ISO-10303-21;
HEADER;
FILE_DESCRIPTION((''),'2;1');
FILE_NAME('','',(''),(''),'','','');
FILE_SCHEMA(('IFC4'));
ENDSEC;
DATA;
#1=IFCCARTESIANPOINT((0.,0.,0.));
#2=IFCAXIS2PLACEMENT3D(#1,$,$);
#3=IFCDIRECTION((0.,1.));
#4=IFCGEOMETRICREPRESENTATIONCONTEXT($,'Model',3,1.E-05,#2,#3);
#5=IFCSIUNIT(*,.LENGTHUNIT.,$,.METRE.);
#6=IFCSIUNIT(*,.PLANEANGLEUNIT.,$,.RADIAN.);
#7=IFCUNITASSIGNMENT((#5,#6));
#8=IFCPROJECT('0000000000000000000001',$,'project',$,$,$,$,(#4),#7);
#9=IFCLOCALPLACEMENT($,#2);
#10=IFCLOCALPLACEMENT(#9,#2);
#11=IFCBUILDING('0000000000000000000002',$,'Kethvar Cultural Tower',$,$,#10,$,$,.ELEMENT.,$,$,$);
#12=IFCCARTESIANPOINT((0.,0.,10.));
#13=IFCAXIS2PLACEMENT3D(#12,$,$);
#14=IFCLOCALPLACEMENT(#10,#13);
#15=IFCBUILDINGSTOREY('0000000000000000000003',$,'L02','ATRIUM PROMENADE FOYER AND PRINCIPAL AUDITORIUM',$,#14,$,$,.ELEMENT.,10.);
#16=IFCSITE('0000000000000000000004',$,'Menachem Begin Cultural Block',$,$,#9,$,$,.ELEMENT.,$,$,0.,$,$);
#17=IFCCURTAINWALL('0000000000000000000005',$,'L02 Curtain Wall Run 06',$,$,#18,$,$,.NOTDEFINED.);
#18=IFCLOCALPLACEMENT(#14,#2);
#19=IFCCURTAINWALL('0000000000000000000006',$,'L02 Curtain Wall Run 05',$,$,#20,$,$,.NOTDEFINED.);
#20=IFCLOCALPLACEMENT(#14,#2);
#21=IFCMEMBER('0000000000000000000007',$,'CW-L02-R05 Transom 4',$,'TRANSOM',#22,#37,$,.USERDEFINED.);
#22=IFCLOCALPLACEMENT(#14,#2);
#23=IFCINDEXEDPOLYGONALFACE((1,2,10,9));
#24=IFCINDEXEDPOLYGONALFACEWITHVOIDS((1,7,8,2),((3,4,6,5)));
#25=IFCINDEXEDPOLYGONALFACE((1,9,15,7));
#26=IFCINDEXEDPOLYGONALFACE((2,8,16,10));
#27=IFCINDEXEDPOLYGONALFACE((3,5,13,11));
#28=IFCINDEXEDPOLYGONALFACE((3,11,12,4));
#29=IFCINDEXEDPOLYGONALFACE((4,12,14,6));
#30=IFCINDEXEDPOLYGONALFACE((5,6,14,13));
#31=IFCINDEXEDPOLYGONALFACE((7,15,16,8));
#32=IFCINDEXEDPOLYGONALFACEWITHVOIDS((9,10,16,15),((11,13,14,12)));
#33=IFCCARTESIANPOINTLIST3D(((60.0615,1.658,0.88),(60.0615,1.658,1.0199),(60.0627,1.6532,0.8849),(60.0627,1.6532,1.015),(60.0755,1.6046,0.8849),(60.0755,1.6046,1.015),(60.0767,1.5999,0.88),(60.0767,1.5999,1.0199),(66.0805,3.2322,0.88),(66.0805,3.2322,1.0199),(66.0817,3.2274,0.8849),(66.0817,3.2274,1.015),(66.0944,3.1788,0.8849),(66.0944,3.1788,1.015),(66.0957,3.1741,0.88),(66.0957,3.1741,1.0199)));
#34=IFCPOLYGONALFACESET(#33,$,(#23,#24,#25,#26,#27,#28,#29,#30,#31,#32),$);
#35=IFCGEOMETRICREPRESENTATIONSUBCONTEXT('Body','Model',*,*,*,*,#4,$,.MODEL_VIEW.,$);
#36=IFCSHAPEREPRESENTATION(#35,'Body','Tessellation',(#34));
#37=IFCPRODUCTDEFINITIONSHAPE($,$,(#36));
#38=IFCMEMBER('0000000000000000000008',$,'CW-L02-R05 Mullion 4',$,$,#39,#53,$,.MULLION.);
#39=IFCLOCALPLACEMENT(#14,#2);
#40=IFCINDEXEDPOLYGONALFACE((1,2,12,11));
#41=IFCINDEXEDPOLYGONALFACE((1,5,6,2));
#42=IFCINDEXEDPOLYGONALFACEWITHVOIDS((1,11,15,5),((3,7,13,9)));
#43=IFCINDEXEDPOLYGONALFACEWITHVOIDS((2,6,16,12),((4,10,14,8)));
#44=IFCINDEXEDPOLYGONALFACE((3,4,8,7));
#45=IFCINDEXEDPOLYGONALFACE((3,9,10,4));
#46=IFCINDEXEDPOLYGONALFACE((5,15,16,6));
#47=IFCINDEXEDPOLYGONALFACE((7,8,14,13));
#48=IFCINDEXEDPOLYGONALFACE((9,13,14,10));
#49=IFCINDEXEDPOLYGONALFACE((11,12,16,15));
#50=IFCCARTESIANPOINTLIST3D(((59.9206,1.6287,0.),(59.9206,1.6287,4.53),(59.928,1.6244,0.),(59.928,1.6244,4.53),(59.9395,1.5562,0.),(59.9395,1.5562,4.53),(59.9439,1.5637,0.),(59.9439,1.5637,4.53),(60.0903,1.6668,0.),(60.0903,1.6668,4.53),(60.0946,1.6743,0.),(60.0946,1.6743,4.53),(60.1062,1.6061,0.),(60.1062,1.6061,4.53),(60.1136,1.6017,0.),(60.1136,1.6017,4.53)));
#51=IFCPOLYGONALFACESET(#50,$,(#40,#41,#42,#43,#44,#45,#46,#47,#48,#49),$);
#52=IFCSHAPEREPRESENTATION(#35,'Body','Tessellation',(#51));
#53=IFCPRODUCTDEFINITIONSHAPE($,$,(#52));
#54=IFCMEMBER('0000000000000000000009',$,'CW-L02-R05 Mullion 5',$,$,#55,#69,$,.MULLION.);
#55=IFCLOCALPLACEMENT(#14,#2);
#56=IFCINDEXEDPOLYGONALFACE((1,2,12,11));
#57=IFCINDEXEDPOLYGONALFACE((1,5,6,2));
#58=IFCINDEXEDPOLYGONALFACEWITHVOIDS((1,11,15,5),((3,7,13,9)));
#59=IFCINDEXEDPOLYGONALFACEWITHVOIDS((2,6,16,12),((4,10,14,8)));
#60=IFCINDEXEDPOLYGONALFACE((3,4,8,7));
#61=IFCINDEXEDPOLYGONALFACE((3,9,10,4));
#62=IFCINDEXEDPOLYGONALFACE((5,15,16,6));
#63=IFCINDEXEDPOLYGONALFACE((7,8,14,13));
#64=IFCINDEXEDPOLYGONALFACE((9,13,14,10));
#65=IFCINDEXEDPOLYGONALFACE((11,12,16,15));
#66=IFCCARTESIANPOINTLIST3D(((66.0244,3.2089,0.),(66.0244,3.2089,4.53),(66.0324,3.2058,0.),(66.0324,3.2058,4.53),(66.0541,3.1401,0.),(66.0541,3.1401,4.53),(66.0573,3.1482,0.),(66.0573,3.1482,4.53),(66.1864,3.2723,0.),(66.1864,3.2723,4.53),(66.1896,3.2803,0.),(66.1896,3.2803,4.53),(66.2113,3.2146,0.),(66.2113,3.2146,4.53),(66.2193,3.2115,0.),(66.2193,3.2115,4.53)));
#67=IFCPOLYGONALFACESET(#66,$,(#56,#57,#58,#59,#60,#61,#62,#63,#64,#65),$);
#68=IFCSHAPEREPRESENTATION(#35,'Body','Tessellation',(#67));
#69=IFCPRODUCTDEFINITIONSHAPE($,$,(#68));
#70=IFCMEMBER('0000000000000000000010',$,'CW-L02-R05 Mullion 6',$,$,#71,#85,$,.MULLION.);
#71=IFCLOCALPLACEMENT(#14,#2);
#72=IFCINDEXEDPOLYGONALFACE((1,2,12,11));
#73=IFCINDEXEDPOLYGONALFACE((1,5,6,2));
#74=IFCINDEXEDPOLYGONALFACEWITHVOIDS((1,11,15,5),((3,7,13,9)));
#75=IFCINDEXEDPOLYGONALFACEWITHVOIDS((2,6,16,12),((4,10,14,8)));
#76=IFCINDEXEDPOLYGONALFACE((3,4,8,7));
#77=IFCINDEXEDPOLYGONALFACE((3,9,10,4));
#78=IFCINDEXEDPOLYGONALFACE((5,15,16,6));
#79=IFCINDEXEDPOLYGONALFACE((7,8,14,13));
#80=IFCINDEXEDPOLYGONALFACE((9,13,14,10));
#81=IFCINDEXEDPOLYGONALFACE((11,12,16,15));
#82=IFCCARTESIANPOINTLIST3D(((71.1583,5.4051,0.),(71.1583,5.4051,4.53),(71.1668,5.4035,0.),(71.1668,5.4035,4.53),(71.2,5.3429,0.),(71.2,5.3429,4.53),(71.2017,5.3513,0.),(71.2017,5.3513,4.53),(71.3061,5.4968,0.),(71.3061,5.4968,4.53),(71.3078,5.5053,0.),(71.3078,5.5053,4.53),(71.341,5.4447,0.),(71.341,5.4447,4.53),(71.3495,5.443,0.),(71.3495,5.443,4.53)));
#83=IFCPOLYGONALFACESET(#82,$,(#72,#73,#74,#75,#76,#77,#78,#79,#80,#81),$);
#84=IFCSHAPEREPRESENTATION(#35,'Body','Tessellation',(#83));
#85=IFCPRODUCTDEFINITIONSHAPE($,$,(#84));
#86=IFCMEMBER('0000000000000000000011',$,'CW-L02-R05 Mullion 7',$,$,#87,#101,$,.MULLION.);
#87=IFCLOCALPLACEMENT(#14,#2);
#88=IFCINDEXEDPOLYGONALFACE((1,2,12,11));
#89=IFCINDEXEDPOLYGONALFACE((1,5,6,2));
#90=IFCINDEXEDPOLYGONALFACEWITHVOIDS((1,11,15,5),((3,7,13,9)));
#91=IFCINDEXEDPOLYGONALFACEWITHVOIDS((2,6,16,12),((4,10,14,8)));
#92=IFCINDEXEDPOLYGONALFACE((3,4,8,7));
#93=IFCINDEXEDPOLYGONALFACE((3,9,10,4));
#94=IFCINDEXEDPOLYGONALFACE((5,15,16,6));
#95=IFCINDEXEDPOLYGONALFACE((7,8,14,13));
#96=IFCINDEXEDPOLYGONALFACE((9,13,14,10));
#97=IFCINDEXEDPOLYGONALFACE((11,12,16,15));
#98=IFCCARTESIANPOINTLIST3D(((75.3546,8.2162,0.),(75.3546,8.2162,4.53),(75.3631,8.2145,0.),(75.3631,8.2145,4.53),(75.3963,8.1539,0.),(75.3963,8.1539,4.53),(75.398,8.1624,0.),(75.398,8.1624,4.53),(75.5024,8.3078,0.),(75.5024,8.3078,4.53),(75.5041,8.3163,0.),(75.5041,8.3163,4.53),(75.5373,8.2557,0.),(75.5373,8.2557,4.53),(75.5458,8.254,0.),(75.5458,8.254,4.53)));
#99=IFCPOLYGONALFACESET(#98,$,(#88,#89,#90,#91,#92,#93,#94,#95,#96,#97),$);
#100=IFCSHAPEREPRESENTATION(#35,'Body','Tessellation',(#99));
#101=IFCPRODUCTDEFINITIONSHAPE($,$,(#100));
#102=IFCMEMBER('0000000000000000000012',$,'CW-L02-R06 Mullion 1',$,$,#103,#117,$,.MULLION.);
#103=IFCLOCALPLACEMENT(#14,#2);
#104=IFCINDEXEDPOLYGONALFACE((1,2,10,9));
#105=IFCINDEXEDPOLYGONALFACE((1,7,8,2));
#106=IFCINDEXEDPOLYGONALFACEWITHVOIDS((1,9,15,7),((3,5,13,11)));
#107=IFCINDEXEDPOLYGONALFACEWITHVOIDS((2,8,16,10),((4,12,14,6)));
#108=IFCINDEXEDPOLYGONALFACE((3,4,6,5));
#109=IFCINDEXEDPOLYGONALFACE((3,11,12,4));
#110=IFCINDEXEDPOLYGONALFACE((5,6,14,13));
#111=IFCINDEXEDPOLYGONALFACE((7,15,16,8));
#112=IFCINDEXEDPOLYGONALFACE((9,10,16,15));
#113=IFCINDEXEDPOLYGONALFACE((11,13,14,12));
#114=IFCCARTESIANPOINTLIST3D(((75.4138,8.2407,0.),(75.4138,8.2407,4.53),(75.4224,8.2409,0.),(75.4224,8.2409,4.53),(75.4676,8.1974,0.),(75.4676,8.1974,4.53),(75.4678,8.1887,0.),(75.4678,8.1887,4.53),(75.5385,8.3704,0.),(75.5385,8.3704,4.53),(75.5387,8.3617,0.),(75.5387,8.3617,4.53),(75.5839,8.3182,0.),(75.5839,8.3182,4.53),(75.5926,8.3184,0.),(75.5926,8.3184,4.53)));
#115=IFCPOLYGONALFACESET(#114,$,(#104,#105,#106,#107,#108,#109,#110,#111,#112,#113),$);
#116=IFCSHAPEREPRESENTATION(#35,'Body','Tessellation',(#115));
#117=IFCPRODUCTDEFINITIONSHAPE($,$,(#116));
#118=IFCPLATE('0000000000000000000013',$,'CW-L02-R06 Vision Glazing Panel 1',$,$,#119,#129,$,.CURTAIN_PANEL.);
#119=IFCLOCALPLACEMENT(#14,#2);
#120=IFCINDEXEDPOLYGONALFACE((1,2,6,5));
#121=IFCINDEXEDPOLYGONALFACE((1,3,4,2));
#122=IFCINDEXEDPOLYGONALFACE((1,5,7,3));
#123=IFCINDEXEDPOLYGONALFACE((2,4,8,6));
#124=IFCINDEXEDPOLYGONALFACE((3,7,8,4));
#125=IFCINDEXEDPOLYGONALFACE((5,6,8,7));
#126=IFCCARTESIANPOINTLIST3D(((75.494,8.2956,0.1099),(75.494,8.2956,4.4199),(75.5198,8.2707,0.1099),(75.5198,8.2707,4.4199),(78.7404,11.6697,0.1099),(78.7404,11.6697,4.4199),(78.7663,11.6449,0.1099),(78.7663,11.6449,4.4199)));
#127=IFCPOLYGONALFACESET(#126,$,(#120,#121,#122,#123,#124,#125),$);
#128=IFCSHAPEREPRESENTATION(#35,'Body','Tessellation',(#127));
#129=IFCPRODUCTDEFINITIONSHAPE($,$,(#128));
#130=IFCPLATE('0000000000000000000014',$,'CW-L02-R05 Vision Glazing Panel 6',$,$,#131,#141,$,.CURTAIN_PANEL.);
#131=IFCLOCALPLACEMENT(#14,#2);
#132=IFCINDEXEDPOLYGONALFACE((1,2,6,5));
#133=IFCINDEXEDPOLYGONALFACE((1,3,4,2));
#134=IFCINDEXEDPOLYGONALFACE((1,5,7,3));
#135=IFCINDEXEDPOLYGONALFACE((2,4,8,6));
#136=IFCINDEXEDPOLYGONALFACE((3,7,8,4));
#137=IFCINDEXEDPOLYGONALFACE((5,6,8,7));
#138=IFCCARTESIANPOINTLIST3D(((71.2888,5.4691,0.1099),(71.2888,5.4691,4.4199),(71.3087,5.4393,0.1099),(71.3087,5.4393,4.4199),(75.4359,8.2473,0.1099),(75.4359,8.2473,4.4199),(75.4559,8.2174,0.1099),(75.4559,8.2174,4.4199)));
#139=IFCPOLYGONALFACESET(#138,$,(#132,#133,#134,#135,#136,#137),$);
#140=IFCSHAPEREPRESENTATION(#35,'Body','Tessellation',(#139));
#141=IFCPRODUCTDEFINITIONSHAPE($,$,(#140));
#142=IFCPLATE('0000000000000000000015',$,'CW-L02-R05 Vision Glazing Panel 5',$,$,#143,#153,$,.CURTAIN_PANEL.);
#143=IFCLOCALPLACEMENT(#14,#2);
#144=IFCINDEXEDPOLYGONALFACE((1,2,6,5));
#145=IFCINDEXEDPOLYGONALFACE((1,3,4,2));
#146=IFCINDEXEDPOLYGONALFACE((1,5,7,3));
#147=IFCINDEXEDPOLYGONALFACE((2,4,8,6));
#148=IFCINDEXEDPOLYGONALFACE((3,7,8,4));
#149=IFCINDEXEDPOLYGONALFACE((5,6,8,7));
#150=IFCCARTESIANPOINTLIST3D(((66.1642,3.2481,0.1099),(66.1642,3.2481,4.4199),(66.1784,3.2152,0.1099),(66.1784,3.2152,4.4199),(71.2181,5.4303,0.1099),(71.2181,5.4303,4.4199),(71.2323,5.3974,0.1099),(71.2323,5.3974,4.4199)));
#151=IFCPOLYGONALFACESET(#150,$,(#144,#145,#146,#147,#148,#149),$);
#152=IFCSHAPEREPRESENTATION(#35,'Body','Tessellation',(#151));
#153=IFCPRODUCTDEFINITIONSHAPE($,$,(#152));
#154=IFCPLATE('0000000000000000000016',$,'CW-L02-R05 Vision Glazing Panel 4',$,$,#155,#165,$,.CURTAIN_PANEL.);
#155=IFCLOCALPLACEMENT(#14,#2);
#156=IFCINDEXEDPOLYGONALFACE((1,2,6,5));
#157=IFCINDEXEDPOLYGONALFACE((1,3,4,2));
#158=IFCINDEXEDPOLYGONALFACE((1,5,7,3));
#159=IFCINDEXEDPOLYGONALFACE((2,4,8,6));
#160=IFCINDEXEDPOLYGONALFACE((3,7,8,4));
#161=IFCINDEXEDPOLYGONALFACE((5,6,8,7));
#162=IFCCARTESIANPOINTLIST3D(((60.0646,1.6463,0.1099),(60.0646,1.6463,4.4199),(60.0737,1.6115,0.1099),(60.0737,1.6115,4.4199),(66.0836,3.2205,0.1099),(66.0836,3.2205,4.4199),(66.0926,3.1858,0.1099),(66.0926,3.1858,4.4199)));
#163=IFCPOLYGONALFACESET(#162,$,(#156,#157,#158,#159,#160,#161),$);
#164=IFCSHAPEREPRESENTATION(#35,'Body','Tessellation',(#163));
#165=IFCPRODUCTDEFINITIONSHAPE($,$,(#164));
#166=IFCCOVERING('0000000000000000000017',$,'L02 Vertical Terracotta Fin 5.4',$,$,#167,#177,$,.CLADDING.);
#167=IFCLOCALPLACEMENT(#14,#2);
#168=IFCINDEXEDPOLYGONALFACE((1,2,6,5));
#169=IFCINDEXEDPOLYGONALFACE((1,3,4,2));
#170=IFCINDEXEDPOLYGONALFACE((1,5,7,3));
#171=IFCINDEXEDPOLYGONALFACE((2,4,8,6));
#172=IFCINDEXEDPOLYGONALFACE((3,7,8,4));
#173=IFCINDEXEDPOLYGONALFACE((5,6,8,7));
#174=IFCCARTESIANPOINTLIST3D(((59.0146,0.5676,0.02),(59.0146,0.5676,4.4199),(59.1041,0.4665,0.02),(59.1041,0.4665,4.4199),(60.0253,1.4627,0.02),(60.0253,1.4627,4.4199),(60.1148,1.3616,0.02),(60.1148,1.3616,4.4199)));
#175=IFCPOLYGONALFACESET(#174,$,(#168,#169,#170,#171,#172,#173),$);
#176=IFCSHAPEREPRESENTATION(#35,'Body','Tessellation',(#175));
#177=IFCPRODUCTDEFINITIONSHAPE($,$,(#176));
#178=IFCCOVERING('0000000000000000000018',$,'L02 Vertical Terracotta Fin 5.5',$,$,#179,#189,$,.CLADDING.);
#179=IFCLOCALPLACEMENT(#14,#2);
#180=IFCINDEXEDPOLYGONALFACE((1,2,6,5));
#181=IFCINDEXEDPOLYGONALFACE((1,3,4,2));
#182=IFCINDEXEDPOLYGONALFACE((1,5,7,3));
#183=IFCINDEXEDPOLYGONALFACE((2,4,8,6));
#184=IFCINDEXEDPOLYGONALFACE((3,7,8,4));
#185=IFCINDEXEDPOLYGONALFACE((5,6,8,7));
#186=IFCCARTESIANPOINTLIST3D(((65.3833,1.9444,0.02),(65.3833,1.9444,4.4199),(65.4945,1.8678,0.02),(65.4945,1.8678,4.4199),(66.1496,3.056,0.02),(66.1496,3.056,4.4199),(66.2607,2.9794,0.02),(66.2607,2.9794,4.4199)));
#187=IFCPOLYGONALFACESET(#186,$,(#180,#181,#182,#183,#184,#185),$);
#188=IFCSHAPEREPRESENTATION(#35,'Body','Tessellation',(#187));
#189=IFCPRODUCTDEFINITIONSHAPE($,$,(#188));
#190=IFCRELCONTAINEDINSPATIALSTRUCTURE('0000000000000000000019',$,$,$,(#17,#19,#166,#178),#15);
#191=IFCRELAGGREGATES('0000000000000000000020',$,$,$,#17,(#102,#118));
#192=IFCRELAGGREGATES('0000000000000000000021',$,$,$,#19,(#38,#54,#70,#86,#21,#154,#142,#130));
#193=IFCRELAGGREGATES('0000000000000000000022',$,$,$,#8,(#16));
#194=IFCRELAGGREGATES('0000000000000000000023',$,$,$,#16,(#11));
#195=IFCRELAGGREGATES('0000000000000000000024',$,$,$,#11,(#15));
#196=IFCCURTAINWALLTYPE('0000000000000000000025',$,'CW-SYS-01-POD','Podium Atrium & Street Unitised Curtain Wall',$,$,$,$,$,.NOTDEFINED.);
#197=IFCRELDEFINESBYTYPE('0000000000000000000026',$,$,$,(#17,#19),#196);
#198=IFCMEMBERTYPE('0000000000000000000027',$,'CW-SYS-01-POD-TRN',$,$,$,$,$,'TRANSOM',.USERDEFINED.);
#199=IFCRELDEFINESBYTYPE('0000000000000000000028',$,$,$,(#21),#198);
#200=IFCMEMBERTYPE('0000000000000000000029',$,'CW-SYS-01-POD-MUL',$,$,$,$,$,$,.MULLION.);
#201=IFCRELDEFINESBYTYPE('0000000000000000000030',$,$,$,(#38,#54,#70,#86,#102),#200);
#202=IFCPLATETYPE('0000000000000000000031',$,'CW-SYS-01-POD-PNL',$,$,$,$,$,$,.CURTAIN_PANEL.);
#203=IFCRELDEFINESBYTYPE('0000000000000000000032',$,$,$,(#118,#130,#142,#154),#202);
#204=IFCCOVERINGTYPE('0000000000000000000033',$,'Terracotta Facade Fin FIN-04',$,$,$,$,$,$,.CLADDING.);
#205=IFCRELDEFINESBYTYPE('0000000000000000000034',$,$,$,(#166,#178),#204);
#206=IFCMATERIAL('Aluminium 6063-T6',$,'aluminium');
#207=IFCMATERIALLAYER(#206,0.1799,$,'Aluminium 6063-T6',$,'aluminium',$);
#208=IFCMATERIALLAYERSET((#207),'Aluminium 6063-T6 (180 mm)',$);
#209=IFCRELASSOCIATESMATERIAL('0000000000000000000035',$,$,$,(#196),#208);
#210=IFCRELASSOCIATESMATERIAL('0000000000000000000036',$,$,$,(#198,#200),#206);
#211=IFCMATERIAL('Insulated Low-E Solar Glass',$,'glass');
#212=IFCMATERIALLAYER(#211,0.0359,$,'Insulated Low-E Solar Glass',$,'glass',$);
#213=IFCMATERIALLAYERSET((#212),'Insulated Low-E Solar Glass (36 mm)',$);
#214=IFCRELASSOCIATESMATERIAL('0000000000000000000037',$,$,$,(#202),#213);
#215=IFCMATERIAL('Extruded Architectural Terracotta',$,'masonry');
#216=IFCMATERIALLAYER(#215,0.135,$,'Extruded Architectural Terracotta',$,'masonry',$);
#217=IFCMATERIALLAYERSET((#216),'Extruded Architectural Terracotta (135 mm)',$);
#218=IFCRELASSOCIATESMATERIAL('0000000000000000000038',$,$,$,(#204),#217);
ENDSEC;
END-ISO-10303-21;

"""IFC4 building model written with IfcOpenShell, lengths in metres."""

from ifc_helpers import new_model, si_unit, direction, frame, origin, origin_2d, place, context, subcontext, project, spatial, rectangle, hollow_rectangle, extrude, source, transform, mapped, material, layer, layer_set, material_profile, profile_set, type_object, element, aggregate, save


model = new_model("IFC4")

# Units and contexts
model_context = context("Model", 3, precision=1e-05, world=origin(), true_north=direction((0.0, 1.0)))
body_context = subcontext(model_context, "Body", "Model", "MODEL_VIEW")
ifc_project = project(units=[si_unit("LENGTHUNIT", "METRE"), si_unit("PLANEANGLEUNIT", "RADIAN")], contexts=[model_context])

# Site, building, storey
site_placement = place(None, origin())
site = spatial("IfcSite", under=ifc_project, at=site_placement, Name="Menachem Begin Cultural Block", CompositionType="ELEMENT", RefElevation=0.0)
building_placement = place(site_placement, origin())
building = spatial("IfcBuilding", under=site, at=building_placement, Name="Kethvar Cultural Tower", CompositionType="ELEMENT")
storey_placement = place(building_placement, frame((0.0, 0.0, 10.0)))
storey = spatial("IfcBuildingStorey", under=building, at=storey_placement, Name="L02", Description="ATRIUM PROMENADE FOYER AND PRINCIPAL AUDITORIUM", CompositionType="ELEMENT", Elevation=10.0)

# Curtain wall
ifc_material_1 = material(Name="Aluminium 6063-T6", Category="aluminium")
ifc_layer_1 = layer(ifc_material_1, 0.1799, Name="Aluminium 6063-T6", Category="aluminium")
ifc_layer_set_1 = layer_set([ifc_layer_1], Name="Aluminium 6063-T6 (180 mm)")
curtain_wall_type = type_object("IfcCurtainWallType", Name="CW-SYS-01-POD", Description="Podium Atrium & Street Unitised Curtain Wall", PredefinedType="NOTDEFINED", material=ifc_layer_set_1)
curtain_wall_1_placement = place(storey_placement, origin())
curtain_wall_1 = element("IfcCurtainWall", 1, at=curtain_wall_1_placement, inside=storey, type_object=curtain_wall_type, Name="L02 Curtain Wall Run 06", PredefinedType="NOTDEFINED")
ifc_material_profile_1 = material_profile(ifc_material_1, hollow_rectangle(XDim=0.0601, YDim=0.1399, WallThickness=0.0049, at=origin_2d()), Name="Aluminium 6063-T6 — RHS140x60x5")
ifc_profile_set_1 = profile_set([ifc_material_profile_1], Name="Aluminium 6063-T6 — RHS140x60x5")
member_type_1 = type_object("IfcMemberType", Name="CW-SYS-01-POD-TRN", ElementType="TRANSOM", PredefinedType="USERDEFINED", material=ifc_profile_set_1)

# Curtain wall, members
curtain_wall_2_placement = place(storey_placement, origin())
curtain_wall_2 = element("IfcCurtainWall", 2, at=curtain_wall_2_placement, inside=storey, type_object=curtain_wall_type, Name="L02 Curtain Wall Run 05", PredefinedType="NOTDEFINED")
shared_shape_1 = source(origin(), body_context, "Body", "SweptSolid", [
    extrude(hollow_rectangle(XDim=0.0601, YDim=0.1399, WallThickness=0.0049, at=origin_2d()), origin(), (0.0, 0.0, 1.0), 6.2214),
])
member_1_placement = place(storey_placement, frame((60.0691, 1.6289, 0.95), z_axis=(0.967459, 0.253029, 0.0), x_axis=(-0.253029, 0.967459, 0.0)))
member_1 = element("IfcMember", 3, at=member_1_placement, type_object=member_type_1, Name="CW-L02-R05 Transom 4", ObjectType="TRANSOM", PredefinedType="USERDEFINED", context=body_context, shape_type="MappedRepresentation", body=[
    mapped(shared_shape_1, transform((0.0, 0.0, 0.0), scale=1.0)),
])
ifc_material_profile_2 = material_profile(ifc_material_1, hollow_rectangle(XDim=0.075, YDim=0.1799, WallThickness=0.0061, at=origin_2d()), Name="Aluminium 6063-T6 — RHS180x75x6")
ifc_profile_set_2 = profile_set([ifc_material_profile_2], Name="Aluminium 6063-T6 — RHS180x75x6")
member_type_2 = type_object("IfcMemberType", Name="CW-SYS-01-POD-MUL", PredefinedType="MULLION", material=ifc_profile_set_2)
shared_shape_2 = source(origin(), body_context, "Body", "SweptSolid", [
    extrude(hollow_rectangle(XDim=0.075, YDim=0.1799, WallThickness=0.0061, at=origin_2d()), origin(), (0.0, 0.0, 1.0), 4.53),
])
member_2_placement = place(storey_placement, frame((60.0171, 1.6152, 0.0), z_axis=(0.0, 0.0, 1.0), x_axis=(-0.253032, 0.967458, 0.0)))
member_2 = element("IfcMember", 4, at=member_2_placement, type_object=member_type_2, Name="CW-L02-R05 Mullion 4", PredefinedType="MULLION", context=body_context, shape_type="MappedRepresentation", body=[
    mapped(shared_shape_2, transform((0.0, 0.0, 0.0), scale=1.0)),
])
member_3_placement = place(storey_placement, frame((66.1218, 3.2102, 0.0), z_axis=(0.0, 0.0, 1.0), x_axis=(-0.396411, 0.918073, 0.0)))
member_3 = element("IfcMember", 5, at=member_3_placement, type_object=member_type_2, Name="CW-L02-R05 Mullion 5", PredefinedType="MULLION", context=body_context, shape_type="MappedRepresentation", body=[
    mapped(shared_shape_2, transform((0.0, 0.0, 0.0), scale=1.0)),
])
member_4_placement = place(storey_placement, frame((71.2539, 5.4241, 0.0), z_axis=(0.0, 0.0, 1.0), x_axis=(-0.556557, 0.83081, 0.0)))
member_4 = element("IfcMember", 6, at=member_4_placement, type_object=member_type_2, Name="CW-L02-R05 Mullion 6", PredefinedType="MULLION", context=body_context, shape_type="MappedRepresentation", body=[
    mapped(shared_shape_2, transform((0.0, 0.0, 0.0), scale=1.0)),
])
member_5_placement = place(storey_placement, frame((75.4502, 8.2351, 0.0), z_axis=(0.0, 0.0, 1.0), x_axis=(-0.556557, 0.83081, 0.0)))
member_5 = element("IfcMember", 7, at=member_5_placement, type_object=member_type_2, Name="CW-L02-R05 Mullion 7", PredefinedType="MULLION", context=body_context, shape_type="MappedRepresentation", body=[
    mapped(shared_shape_2, transform((0.0, 0.0, 0.0), scale=1.0)),
])

# Member
member_6_placement = place(storey_placement, frame((75.5032, 8.2795, 0.0), z_axis=(0.0, 0.0, 1.0), x_axis=(-0.720612, 0.693339, 0.0)))
member_6 = element("IfcMember", 8, at=member_6_placement, type_object=member_type_2, Name="CW-L02-R06 Mullion 1", PredefinedType="MULLION", context=body_context, shape_type="MappedRepresentation", body=[
    mapped(shared_shape_2, transform((0.0, 0.0, 0.0), scale=1.0)),
])

# Plates
ifc_material_2 = material(Name="Insulated Low-E Solar Glass", Category="glass")
ifc_layer_2 = layer(ifc_material_2, 0.0359, Name="Insulated Low-E Solar Glass", Category="glass")
ifc_layer_set_2 = layer_set([ifc_layer_2], Name="Insulated Low-E Solar Glass (36 mm)")
plate_type = type_object("IfcPlateType", Name="CW-SYS-01-POD-PNL", PredefinedType="CURTAIN_PANEL", material=ifc_layer_set_2)
shared_shape_3 = source(origin(), body_context, "Body", "SweptSolid", [
    extrude(rectangle(XDim=4.6824, YDim=0.0359, at=origin_2d()), origin(), (0.0, 0.0, 1.0), 4.3101),
])
plate_1_placement = place(storey_placement, frame((77.1301, 9.9702, 0.1099), z_axis=(0.0, 0.0, 1.0), x_axis=(0.693339, 0.720612, 0.0)))
plate_1 = element("IfcPlate", 9, at=plate_1_placement, type_object=plate_type, Name="CW-L02-R06 Vision Glazing Panel 1", PredefinedType="CURTAIN_PANEL", context=body_context, shape_type="MappedRepresentation", body=[
    mapped(shared_shape_3, transform((0.0, 0.0, 0.0), scale=1.0)),
])
aggregate(curtain_wall_1, [member_6, plate_1])
shared_shape_4 = source(origin(), body_context, "Body", "SweptSolid", [
    extrude(rectangle(XDim=4.9917, YDim=0.0359, at=origin_2d()), origin(), (0.0, 0.0, 1.0), 4.3101),
])
plate_2_placement = place(storey_placement, frame((73.3723, 6.8433, 0.1099), z_axis=(0.0, 0.0, 1.0), x_axis=(0.83081, 0.556557, 0.0)))
plate_2 = element("IfcPlate", 10, at=plate_2_placement, type_object=plate_type, Name="CW-L02-R05 Vision Glazing Panel 6", PredefinedType="CURTAIN_PANEL", context=body_context, shape_type="MappedRepresentation", body=[
    mapped(shared_shape_4, transform((0.0, 0.0, 0.0), scale=1.0)),
])
shared_shape_5 = source(origin(), body_context, "Body", "SweptSolid", [
    extrude(rectangle(XDim=5.5049, YDim=0.0359, at=origin_2d()), origin(), (0.0, 0.0, 1.0), 4.3101),
])
plate_3_placement = place(storey_placement, frame((68.6982, 4.3228, 0.1099), z_axis=(0.0, 0.0, 1.0), x_axis=(0.918073, 0.396411, 0.0)))
plate_3 = element("IfcPlate", 11, at=plate_3_placement, type_object=plate_type, Name="CW-L02-R05 Vision Glazing Panel 5", PredefinedType="CURTAIN_PANEL", context=body_context, shape_type="MappedRepresentation", body=[
    mapped(shared_shape_5, transform((0.0, 0.0, 0.0), scale=1.0)),
])
shared_shape_6 = source(origin(), body_context, "Body", "SweptSolid", [
    extrude(rectangle(XDim=6.2214, YDim=0.0359, at=origin_2d()), origin(), (0.0, 0.0, 1.0), 4.3101),
])
plate_4_placement = place(storey_placement, frame((63.0786, 2.416, 0.1099), z_axis=(0.0, 0.0, 1.0), x_axis=(0.967458, 0.253032, 0.0)))
plate_4 = element("IfcPlate", 12, at=plate_4_placement, type_object=plate_type, Name="CW-L02-R05 Vision Glazing Panel 4", PredefinedType="CURTAIN_PANEL", context=body_context, shape_type="MappedRepresentation", body=[
    mapped(shared_shape_6, transform((0.0, 0.0, 0.0), scale=1.0)),
])
aggregate(curtain_wall_2, [member_2, member_3, member_4, member_5, member_1, plate_4, plate_3, plate_2])

# Coverings
ifc_material_3 = material(Name="Extruded Architectural Terracotta", Category="masonry")
ifc_layer_3 = layer(ifc_material_3, 0.135, Name="Extruded Architectural Terracotta", Category="masonry")
ifc_layer_set_3 = layer_set([ifc_layer_3], Name="Extruded Architectural Terracotta (135 mm)")
covering_type = type_object("IfcCoveringType", Name="Terracotta Facade Fin FIN-04", PredefinedType="CLADDING", material=ifc_layer_set_3)
shared_shape_7 = source(origin(), body_context, "Body", "SweptSolid", [
    extrude(rectangle(XDim=1.3501, YDim=0.135, at=origin_2d()), origin(), (0.0, 0.0, 1.0), 4.3999),
])
for number, where, z_axis, x_axis, name in (
    (13, (59.5647, 0.9646, 0.02), (0.0, 0.0, 1.0), (-0.748609, -0.663012, 0.0), "L02 Vertical Terracotta Fin 5.4"),
    (14, (65.822, 2.4619, 0.02), (0.0, 0.0, 1.0), (-0.567556, -0.823335, 0.0), "L02 Vertical Terracotta Fin 5.5"),
):
    element("IfcCovering", number, at=place(storey_placement, frame(where, z_axis=z_axis, x_axis=x_axis)), inside=storey, type_object=covering_type, Name=name, PredefinedType="CLADDING", context=body_context, shape_type="MappedRepresentation", body=[
        mapped(shared_shape_7, transform((0.0, 0.0, 0.0), scale=1.0)),
    ])

save(model, "model.ifc")
